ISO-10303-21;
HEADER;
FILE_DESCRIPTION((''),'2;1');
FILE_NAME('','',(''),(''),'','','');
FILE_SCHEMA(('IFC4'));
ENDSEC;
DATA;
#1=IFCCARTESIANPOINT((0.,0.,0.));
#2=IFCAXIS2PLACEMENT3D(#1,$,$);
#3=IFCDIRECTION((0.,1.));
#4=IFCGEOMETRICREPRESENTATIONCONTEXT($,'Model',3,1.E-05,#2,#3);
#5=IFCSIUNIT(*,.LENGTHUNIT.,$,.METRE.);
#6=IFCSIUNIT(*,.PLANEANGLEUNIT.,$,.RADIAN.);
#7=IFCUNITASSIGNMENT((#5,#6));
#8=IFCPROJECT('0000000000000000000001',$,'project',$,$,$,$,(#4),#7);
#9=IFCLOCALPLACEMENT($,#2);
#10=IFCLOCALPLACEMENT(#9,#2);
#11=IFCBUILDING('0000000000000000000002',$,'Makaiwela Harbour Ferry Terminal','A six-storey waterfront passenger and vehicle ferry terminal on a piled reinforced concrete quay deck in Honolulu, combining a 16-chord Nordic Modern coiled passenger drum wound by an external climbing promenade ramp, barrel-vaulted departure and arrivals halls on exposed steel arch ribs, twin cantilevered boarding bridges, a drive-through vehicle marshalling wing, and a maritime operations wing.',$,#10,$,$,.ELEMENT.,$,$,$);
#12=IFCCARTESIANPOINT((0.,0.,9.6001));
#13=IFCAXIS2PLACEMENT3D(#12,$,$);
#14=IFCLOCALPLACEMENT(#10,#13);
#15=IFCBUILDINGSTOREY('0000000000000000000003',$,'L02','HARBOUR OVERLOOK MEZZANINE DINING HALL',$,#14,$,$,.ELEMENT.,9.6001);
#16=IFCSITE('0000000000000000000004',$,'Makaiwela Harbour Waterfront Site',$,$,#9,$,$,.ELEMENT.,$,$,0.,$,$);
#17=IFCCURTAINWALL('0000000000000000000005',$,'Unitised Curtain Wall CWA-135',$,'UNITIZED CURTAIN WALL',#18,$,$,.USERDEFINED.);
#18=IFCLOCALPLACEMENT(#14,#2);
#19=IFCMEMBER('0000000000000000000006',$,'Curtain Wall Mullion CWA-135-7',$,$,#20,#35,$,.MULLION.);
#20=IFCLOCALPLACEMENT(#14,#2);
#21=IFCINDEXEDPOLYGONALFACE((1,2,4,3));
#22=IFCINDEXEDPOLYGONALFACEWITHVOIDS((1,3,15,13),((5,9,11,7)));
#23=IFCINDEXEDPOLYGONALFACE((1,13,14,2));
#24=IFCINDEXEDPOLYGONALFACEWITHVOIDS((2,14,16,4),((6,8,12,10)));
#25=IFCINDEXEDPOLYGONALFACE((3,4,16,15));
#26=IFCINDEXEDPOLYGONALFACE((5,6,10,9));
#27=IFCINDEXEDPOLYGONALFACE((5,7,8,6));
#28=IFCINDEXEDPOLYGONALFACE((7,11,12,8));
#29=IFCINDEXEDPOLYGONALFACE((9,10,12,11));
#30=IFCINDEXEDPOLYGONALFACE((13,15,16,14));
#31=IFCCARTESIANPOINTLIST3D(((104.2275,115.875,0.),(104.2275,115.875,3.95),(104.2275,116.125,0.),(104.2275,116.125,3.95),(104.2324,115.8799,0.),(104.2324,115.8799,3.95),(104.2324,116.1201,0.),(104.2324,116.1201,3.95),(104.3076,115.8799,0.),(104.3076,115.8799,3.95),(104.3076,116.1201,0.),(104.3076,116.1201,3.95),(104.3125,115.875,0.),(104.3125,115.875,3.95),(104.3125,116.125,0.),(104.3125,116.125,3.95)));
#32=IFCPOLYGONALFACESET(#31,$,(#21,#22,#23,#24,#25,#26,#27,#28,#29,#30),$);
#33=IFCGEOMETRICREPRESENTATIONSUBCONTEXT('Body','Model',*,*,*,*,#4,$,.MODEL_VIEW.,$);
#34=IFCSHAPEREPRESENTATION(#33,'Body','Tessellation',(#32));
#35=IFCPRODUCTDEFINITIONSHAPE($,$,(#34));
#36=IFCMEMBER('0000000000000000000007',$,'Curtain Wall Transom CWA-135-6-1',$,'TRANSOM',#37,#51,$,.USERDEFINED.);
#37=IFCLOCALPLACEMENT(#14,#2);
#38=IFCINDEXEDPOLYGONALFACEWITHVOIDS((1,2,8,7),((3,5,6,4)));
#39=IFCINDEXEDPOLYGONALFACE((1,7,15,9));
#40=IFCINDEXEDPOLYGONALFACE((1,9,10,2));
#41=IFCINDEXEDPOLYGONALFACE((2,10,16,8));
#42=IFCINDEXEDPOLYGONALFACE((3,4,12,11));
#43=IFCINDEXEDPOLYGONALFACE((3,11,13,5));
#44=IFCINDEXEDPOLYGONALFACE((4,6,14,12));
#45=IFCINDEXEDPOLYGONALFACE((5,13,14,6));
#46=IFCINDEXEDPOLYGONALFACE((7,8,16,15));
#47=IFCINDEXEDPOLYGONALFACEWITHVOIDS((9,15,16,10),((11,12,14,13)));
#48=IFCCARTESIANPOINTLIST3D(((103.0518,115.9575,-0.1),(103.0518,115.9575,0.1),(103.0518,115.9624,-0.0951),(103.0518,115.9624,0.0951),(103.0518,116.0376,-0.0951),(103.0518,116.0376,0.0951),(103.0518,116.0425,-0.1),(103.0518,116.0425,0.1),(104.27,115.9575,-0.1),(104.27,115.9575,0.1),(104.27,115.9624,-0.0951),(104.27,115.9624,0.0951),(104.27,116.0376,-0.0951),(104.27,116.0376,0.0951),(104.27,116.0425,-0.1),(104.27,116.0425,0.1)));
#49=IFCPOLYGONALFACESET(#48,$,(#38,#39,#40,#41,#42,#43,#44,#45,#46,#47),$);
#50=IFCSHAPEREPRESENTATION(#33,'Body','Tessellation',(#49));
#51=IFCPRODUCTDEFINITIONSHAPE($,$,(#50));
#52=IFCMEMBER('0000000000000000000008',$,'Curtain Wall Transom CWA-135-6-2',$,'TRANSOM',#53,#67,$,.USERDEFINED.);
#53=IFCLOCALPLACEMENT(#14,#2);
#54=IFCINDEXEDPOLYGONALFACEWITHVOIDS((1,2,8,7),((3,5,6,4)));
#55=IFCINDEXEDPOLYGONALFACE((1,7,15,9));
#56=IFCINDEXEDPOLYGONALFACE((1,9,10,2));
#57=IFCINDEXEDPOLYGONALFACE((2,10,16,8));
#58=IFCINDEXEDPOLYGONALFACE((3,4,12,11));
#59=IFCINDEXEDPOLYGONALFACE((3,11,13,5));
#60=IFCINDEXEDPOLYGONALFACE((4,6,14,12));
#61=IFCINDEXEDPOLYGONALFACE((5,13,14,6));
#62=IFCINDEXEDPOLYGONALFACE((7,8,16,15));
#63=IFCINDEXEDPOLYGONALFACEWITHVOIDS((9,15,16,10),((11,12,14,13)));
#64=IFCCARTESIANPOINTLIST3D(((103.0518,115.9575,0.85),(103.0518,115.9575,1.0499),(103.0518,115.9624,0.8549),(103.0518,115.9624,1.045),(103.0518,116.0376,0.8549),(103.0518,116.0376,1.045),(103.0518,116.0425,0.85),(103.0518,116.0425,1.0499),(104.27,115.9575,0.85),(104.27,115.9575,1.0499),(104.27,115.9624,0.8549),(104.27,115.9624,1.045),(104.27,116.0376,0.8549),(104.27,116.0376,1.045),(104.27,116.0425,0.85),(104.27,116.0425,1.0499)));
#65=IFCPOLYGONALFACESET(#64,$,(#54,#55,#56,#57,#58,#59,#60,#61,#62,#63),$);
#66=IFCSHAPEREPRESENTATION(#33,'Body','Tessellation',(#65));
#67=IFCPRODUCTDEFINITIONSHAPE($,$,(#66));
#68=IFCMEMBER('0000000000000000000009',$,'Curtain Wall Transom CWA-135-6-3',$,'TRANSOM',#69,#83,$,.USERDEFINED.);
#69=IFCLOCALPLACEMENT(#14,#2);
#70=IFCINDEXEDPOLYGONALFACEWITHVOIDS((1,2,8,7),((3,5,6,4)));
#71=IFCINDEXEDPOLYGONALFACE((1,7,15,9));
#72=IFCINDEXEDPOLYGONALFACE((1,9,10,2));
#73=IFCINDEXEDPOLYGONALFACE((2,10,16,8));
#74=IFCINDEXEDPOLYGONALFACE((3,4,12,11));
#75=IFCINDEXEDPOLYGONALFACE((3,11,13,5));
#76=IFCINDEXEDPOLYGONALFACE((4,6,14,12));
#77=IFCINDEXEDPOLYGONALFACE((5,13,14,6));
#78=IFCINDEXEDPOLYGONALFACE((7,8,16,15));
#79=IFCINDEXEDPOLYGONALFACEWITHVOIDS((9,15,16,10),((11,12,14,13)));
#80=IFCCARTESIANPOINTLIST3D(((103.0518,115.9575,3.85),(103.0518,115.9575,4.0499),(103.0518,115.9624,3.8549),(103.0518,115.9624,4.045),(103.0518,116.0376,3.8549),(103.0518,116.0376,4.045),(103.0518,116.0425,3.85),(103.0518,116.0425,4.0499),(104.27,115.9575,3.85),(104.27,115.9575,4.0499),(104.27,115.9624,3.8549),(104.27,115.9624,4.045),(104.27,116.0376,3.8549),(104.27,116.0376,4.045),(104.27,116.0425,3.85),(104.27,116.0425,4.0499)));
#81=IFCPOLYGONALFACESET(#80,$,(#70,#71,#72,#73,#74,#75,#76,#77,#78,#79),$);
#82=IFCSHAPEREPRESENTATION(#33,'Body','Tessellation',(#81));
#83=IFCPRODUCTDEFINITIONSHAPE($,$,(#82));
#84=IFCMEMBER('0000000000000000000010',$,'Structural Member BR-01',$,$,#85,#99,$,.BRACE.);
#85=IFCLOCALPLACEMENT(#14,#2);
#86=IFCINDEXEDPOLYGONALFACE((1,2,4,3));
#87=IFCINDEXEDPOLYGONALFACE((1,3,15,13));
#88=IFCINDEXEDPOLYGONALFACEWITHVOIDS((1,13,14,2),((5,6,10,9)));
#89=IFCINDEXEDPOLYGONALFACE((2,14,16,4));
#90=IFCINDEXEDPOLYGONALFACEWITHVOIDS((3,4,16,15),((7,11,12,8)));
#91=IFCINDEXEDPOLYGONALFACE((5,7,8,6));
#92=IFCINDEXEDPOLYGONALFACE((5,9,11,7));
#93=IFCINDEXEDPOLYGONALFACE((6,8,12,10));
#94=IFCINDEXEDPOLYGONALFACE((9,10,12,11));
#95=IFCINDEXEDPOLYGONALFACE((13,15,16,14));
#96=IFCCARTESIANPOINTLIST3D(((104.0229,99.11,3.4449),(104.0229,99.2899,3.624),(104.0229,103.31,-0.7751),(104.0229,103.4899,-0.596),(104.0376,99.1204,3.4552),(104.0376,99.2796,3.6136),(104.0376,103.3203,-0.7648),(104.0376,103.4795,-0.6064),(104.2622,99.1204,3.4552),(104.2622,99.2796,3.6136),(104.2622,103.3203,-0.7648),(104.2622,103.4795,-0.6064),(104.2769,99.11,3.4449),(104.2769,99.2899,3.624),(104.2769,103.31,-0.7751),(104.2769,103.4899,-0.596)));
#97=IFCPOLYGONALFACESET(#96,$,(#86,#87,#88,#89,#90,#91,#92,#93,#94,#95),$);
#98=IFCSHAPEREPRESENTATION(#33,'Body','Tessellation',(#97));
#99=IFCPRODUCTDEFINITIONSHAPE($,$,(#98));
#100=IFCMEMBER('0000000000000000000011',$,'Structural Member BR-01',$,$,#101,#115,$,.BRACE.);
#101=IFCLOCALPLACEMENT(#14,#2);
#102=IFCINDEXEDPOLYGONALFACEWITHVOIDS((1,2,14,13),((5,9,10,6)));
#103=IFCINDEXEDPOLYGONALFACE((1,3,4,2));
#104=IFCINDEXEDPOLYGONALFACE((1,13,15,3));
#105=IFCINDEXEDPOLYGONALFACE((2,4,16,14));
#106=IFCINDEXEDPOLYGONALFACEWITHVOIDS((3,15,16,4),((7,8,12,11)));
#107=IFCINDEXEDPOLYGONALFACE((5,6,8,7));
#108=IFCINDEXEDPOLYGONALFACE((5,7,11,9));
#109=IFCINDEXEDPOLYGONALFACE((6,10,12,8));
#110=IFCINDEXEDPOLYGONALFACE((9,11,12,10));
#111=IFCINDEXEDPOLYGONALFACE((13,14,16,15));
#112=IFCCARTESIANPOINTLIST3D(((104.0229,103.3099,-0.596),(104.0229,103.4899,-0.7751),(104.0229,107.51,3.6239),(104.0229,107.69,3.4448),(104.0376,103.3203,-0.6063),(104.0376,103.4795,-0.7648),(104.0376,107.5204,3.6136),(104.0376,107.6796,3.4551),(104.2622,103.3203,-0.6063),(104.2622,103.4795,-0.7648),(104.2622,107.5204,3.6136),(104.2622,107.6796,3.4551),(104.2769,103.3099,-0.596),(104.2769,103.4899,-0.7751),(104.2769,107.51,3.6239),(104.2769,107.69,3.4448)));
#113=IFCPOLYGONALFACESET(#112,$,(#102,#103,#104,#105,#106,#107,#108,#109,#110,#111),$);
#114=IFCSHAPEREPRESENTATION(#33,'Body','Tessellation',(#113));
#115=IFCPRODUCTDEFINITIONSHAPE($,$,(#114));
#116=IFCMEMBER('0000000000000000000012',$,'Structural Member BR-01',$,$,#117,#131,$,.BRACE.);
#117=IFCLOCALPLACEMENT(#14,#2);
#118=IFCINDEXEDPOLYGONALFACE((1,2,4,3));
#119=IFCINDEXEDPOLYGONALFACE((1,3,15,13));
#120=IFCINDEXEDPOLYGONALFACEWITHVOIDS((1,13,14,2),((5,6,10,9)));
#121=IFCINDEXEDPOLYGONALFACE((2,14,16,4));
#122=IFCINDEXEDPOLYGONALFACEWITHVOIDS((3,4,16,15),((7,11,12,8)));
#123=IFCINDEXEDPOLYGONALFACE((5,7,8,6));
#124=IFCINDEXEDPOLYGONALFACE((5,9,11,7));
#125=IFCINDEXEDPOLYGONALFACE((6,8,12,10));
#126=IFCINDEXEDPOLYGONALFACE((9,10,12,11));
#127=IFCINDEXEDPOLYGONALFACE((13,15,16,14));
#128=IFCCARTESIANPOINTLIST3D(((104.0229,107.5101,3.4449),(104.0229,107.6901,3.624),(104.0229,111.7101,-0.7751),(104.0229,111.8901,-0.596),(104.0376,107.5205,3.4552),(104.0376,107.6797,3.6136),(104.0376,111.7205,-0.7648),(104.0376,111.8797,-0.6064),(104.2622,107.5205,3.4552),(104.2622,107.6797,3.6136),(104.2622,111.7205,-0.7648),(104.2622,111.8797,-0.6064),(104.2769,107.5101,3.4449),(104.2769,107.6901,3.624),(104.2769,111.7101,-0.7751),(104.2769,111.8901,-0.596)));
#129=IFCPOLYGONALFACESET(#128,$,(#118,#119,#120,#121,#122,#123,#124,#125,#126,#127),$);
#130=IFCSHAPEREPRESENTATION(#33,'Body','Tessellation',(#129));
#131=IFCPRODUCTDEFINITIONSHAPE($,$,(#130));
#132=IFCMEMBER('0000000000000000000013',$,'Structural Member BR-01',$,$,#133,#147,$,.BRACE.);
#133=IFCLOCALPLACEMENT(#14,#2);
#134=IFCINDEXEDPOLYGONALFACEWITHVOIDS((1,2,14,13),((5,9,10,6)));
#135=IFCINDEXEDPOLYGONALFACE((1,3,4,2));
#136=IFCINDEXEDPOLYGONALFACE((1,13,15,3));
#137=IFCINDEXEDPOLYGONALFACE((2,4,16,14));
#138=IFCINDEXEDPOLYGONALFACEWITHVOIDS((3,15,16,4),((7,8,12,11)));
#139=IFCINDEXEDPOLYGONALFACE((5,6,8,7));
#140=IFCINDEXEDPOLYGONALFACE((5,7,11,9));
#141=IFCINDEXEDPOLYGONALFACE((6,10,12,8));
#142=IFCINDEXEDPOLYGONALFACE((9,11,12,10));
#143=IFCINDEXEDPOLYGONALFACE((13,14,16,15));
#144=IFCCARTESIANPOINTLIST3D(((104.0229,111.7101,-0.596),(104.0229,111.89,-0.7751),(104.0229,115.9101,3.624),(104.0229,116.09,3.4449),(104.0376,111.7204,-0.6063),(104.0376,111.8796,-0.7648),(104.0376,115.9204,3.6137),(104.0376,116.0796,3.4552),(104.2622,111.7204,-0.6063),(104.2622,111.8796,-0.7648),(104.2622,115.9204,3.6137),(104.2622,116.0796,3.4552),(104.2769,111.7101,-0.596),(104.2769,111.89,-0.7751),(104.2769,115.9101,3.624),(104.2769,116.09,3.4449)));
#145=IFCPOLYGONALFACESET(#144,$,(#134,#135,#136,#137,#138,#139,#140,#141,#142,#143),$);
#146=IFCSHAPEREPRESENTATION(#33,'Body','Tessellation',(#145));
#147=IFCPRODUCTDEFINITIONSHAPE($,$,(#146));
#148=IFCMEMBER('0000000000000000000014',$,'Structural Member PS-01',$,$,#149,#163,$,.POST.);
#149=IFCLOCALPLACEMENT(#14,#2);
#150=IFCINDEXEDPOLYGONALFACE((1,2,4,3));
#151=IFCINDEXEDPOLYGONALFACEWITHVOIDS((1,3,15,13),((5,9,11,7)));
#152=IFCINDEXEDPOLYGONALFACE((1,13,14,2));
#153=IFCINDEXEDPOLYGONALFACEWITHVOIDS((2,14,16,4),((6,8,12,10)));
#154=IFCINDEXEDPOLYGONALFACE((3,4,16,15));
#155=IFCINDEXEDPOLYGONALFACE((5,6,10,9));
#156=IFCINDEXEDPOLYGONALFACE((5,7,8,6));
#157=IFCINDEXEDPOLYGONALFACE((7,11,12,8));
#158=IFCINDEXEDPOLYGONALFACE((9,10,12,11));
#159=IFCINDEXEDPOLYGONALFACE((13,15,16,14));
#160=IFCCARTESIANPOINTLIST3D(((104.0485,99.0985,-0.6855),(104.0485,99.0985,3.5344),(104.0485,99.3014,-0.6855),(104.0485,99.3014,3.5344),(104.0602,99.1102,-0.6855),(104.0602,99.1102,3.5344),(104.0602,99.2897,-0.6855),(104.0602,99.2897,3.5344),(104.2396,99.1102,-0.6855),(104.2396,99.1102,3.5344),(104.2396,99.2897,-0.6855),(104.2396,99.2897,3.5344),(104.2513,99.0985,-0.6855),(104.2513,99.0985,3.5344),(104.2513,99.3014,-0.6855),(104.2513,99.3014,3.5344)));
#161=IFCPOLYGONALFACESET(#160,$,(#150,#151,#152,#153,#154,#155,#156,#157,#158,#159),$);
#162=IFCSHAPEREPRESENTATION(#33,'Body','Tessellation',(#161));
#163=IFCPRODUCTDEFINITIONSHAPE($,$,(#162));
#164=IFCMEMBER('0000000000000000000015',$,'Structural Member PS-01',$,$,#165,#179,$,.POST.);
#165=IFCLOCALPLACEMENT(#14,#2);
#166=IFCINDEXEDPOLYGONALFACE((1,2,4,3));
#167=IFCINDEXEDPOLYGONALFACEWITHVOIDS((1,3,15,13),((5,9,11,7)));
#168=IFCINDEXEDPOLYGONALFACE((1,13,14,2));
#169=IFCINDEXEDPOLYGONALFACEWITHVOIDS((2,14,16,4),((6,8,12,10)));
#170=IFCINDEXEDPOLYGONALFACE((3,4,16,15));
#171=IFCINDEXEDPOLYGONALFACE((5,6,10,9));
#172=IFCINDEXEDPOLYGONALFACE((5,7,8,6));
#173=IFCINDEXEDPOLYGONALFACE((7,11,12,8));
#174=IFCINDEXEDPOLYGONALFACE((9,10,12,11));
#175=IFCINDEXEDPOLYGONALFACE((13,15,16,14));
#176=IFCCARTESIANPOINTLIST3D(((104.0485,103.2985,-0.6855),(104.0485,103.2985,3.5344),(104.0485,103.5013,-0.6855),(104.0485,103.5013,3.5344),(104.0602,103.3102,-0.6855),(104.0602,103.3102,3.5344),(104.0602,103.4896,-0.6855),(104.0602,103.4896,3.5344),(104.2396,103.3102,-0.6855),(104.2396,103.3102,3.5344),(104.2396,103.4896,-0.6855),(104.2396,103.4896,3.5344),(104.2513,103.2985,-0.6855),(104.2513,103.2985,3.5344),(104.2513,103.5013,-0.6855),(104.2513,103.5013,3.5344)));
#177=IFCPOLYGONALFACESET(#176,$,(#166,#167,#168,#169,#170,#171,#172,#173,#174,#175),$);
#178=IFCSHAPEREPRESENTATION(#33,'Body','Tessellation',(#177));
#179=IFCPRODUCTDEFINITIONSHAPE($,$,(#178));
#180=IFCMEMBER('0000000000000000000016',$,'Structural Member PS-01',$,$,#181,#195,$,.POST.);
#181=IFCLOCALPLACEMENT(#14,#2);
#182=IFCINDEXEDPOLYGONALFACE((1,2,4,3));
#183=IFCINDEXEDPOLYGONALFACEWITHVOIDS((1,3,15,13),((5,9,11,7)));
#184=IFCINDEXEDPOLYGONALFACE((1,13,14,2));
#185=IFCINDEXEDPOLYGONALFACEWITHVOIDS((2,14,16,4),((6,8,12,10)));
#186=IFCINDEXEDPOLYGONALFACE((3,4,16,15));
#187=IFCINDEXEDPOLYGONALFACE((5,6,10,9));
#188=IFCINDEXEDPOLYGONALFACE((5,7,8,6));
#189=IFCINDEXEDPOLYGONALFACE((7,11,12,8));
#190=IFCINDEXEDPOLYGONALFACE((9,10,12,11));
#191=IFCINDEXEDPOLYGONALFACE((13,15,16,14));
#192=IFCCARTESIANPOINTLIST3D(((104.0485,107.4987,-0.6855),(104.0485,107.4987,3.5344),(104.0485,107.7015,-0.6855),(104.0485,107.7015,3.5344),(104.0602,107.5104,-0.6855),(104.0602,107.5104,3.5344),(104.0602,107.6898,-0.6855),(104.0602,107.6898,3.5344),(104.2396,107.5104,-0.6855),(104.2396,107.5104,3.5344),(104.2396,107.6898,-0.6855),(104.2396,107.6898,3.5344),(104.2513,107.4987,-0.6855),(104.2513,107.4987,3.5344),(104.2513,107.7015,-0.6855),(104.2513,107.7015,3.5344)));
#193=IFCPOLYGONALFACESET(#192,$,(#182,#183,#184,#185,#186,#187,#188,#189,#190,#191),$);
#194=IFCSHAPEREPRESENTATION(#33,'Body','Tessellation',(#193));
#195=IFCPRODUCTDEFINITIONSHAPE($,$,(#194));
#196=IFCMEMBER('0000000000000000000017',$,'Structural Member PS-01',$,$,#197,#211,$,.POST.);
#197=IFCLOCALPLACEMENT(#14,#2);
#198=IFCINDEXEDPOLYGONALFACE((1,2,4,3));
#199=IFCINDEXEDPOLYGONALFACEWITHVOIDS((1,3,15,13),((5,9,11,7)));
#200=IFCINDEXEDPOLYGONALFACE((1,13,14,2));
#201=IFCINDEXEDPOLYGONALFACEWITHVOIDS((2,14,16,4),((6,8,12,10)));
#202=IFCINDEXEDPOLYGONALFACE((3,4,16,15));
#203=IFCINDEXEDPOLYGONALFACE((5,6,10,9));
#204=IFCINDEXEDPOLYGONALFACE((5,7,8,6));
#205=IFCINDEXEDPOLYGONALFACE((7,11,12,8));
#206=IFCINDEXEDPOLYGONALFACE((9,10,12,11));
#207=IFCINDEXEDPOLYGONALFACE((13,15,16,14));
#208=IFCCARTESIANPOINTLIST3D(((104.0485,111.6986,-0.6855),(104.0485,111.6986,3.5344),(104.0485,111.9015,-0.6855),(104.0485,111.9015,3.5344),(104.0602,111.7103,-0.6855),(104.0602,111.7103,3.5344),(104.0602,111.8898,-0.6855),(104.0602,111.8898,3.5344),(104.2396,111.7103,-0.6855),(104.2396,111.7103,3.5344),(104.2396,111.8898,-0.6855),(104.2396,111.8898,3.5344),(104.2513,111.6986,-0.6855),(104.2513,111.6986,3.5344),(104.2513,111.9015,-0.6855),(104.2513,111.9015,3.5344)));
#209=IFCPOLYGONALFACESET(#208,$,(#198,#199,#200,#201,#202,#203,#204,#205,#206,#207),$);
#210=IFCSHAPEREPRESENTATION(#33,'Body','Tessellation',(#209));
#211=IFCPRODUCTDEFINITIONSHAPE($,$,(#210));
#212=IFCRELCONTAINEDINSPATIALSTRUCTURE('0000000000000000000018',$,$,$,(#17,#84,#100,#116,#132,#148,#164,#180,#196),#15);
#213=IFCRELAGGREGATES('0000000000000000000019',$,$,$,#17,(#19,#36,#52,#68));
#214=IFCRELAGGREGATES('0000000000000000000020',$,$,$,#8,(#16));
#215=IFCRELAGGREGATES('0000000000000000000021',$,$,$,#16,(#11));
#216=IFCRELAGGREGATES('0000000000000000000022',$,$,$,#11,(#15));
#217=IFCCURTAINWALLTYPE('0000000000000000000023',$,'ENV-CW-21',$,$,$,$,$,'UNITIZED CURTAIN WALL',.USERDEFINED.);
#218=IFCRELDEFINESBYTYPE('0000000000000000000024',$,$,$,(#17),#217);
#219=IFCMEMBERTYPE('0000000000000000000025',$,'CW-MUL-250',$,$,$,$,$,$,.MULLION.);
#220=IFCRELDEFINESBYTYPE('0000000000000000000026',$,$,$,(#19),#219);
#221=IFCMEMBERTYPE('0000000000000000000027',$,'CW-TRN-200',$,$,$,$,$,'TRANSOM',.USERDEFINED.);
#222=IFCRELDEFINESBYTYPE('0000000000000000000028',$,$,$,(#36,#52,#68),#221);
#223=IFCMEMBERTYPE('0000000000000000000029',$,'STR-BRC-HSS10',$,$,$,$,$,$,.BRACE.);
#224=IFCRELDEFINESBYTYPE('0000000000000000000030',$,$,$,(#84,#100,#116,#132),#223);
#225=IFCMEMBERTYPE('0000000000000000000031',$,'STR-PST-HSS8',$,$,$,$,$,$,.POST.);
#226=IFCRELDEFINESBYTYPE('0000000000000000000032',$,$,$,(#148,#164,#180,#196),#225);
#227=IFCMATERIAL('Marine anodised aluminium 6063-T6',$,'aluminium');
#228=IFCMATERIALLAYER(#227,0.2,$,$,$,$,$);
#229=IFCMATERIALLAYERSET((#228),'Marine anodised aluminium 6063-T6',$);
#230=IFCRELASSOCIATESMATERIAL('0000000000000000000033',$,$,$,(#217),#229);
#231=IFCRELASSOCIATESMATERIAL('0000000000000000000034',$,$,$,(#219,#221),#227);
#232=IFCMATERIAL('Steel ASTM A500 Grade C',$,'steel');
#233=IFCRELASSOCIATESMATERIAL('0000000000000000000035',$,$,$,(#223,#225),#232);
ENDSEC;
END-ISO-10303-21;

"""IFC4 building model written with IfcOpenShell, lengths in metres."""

from ifc_helpers import new_model, si_unit, direction, frame, origin, origin_2d, place, context, subcontext, project, spatial, hollow_rectangle, extrude, material, layer, layer_set, material_profile, profile_set, type_object, element, aggregate, save


model = new_model("IFC4")

# Units and contexts
model_context = context("Model", 3, precision=1e-05, world=origin(), true_north=direction((0.0, 1.0)))
body_context = subcontext(model_context, "Body", "Model", "MODEL_VIEW")
ifc_project = project(units=[si_unit("LENGTHUNIT", "METRE"), si_unit("PLANEANGLEUNIT", "RADIAN")], contexts=[model_context])

# Site, building, storey
site_placement = place(None, origin())
site = spatial("IfcSite", under=ifc_project, at=site_placement, Name="Makaiwela Harbour Waterfront Site", CompositionType="ELEMENT", RefElevation=0.0)
building_placement = place(site_placement, origin())
building = spatial("IfcBuilding", under=site, at=building_placement, Name="Makaiwela Harbour Ferry Terminal", Description="A six-storey waterfront passenger and vehicle ferry terminal on a piled reinforced concrete quay deck in Honolulu, combining a 16-chord Nordic Modern coiled passenger drum wound by an external climbing promenade ramp, barrel-vaulted departure and arrivals halls on exposed steel arch ribs, twin cantilevered boarding bridges, a drive-through vehicle marshalling wing, and a maritime operations wing.", CompositionType="ELEMENT")
storey_placement = place(building_placement, frame((0.0, 0.0, 9.6001)))
storey = spatial("IfcBuildingStorey", under=building, at=storey_placement, Name="L02", Description="HARBOUR OVERLOOK MEZZANINE DINING HALL", CompositionType="ELEMENT", Elevation=9.6001)

# Curtain wall, members
ifc_material_1 = material(Name="Marine anodised aluminium 6063-T6", Category="aluminium")
ifc_layer_1 = layer(ifc_material_1, 0.2)
ifc_layer_set_1 = layer_set([ifc_layer_1], Name="Marine anodised aluminium 6063-T6")
curtain_wall_type = type_object("IfcCurtainWallType", Name="ENV-CW-21", ElementType="UNITIZED CURTAIN WALL", PredefinedType="USERDEFINED", material=ifc_layer_set_1)
curtain_wall_placement = place(storey_placement, origin())
curtain_wall = element("IfcCurtainWall", 1, at=curtain_wall_placement, inside=storey, type_object=curtain_wall_type, Name="Unitised Curtain Wall CWA-135", ObjectType="UNITIZED CURTAIN WALL", PredefinedType="USERDEFINED")
ifc_material_profile_1 = material_profile(ifc_material_1, hollow_rectangle(XDim=0.085, YDim=0.25, WallThickness=0.0049, at=origin_2d()), Name="CWM-250X85")
ifc_profile_set_1 = profile_set([ifc_material_profile_1], Name="Marine anodised aluminium 6063-T6")
member_type_1 = type_object("IfcMemberType", Name="CW-MUL-250", PredefinedType="MULLION", material=ifc_profile_set_1)
member_1_placement = place(storey_placement, frame((104.27, 116.0, 0.0), z_axis=(0.0, 0.0, 1.0), x_axis=(1.0, 0.0, 0.0)))
member_1 = element("IfcMember", 2, at=member_1_placement, type_object=member_type_1, Name="Curtain Wall Mullion CWA-135-7", PredefinedType="MULLION", context=body_context, shape_type="SweptSolid", body=[
    extrude(hollow_rectangle(XDim=0.085, YDim=0.25, WallThickness=0.0049, at=origin_2d()), origin(), (0.0, 0.0, 1.0), 3.95),
])
ifc_material_profile_2 = material_profile(ifc_material_1, hollow_rectangle(XDim=0.085, YDim=0.2, WallThickness=0.0049, at=origin_2d()), Name="CWT-200X85")
ifc_profile_set_2 = profile_set([ifc_material_profile_2], Name="Marine anodised aluminium 6063-T6")
member_type_2 = type_object("IfcMemberType", Name="CW-TRN-200", ElementType="TRANSOM", PredefinedType="USERDEFINED", material=ifc_profile_set_2)
member_2_placement = place(storey_placement, frame((103.0518, 116.0, 0.0), z_axis=(1.0, 0.0, 0.0), x_axis=(0.0, 1.0, 0.0)))
member_2 = element("IfcMember", 3, at=member_2_placement, type_object=member_type_2, Name="Curtain Wall Transom CWA-135-6-1", ObjectType="TRANSOM", PredefinedType="USERDEFINED", context=body_context, shape_type="SweptSolid", body=[
    extrude(hollow_rectangle(XDim=0.085, YDim=0.2, WallThickness=0.0049, at=origin_2d()), origin(), (0.0, 0.0, 1.0), 1.2183),
])
member_3_placement = place(storey_placement, frame((103.0518, 116.0, 0.95), z_axis=(1.0, 0.0, 0.0), x_axis=(0.0, 1.0, 0.0)))
member_3 = element("IfcMember", 4, at=member_3_placement, type_object=member_type_2, Name="Curtain Wall Transom CWA-135-6-2", ObjectType="TRANSOM", PredefinedType="USERDEFINED", context=body_context, shape_type="SweptSolid", body=[
    extrude(hollow_rectangle(XDim=0.085, YDim=0.2, WallThickness=0.0049, at=origin_2d()), origin(), (0.0, 0.0, 1.0), 1.2183),
])
member_4_placement = place(storey_placement, frame((103.0518, 116.0, 3.95), z_axis=(1.0, 0.0, 0.0), x_axis=(0.0, 1.0, 0.0)))
member_4 = element("IfcMember", 5, at=member_4_placement, type_object=member_type_2, Name="Curtain Wall Transom CWA-135-6-3", ObjectType="TRANSOM", PredefinedType="USERDEFINED", context=body_context, shape_type="SweptSolid", body=[
    extrude(hollow_rectangle(XDim=0.085, YDim=0.2, WallThickness=0.0049, at=origin_2d()), origin(), (0.0, 0.0, 1.0), 1.2183),
])

# Members
ifc_material_2 = material(Name="Steel ASTM A500 Grade C", Category="steel")
ifc_material_profile_3 = material_profile(ifc_material_2, hollow_rectangle(XDim=0.2539, YDim=0.2539, WallThickness=0.0146, at=origin_2d()), Name="HSS10X10X5/8")
ifc_profile_set_3 = profile_set([ifc_material_profile_3], Name="Steel ASTM A500 Grade C")
member_type_3 = type_object("IfcMemberType", Name="STR-BRC-HSS10", PredefinedType="BRACE", material=ifc_profile_set_3)
for number, where, z_axis, x_axis, name in (
    (6, (104.1499, 99.2, 3.5344), (0.0, 0.705424, -0.708786), (-1.0, 0.0, 0.0), "Structural Member BR-01"),
    (7, (104.1499, 103.3999, -0.6855), (0.0, 0.705444, 0.708766), (-1.0, 0.0, 0.0), "Structural Member BR-01"),
    (8, (104.1499, 107.6001, 3.5344), (0.0, 0.705424, -0.708786), (-1.0, 0.0, 0.0), "Structural Member BR-01"),
    (9, (104.1499, 111.8, -0.6855), (0.0, 0.705424, 0.708786), (-1.0, 0.0, 0.0), "Structural Member BR-01"),
):
    element("IfcMember", number, at=place(storey_placement, frame(where, z_axis=z_axis, x_axis=x_axis)), inside=storey, type_object=member_type_3, Name=name, PredefinedType="BRACE", context=body_context, shape_type="SweptSolid", body=[
        extrude(hollow_rectangle(XDim=0.2539, YDim=0.2539, WallThickness=0.0146, at=origin_2d()), origin(), (0.0, 0.0, 1.0), 5.9539),
    ])
ifc_material_profile_4 = material_profile(ifc_material_2, hollow_rectangle(XDim=0.2029, YDim=0.2029, WallThickness=0.0117, at=origin_2d()), Name="HSS8X8X1/2")
ifc_profile_set_4 = profile_set([ifc_material_profile_4], Name="Steel ASTM A500 Grade C")
member_type_4 = type_object("IfcMemberType", Name="STR-PST-HSS8", PredefinedType="POST", material=ifc_profile_set_4)
for number, where, z_axis, x_axis, name in (
    (10, (104.1499, 99.2, -0.6855), (0.0, 0.0, 1.0), (1.0, 0.0, 0.0), "Structural Member PS-01"),
    (11, (104.1499, 103.3999, -0.6855), (0.0, 0.0, 1.0), (1.0, 0.0, 0.0), "Structural Member PS-01"),
    (12, (104.1499, 107.6001, -0.6855), (0.0, 0.0, 1.0), (1.0, 0.0, 0.0), "Structural Member PS-01"),
    (13, (104.1499, 111.8, -0.6855), (0.0, 0.0, 1.0), (1.0, 0.0, 0.0), "Structural Member PS-01"),
):
    element("IfcMember", number, at=place(storey_placement, frame(where, z_axis=z_axis, x_axis=x_axis)), inside=storey, type_object=member_type_4, Name=name, PredefinedType="POST", context=body_context, shape_type="SweptSolid", body=[
        extrude(hollow_rectangle(XDim=0.2029, YDim=0.2029, WallThickness=0.0117, at=origin_2d()), origin(), (0.0, 0.0, 1.0), 4.22),
    ])

aggregate(curtain_wall, [member_1, member_2, member_3, member_4])

save(model, "model.ifc")
